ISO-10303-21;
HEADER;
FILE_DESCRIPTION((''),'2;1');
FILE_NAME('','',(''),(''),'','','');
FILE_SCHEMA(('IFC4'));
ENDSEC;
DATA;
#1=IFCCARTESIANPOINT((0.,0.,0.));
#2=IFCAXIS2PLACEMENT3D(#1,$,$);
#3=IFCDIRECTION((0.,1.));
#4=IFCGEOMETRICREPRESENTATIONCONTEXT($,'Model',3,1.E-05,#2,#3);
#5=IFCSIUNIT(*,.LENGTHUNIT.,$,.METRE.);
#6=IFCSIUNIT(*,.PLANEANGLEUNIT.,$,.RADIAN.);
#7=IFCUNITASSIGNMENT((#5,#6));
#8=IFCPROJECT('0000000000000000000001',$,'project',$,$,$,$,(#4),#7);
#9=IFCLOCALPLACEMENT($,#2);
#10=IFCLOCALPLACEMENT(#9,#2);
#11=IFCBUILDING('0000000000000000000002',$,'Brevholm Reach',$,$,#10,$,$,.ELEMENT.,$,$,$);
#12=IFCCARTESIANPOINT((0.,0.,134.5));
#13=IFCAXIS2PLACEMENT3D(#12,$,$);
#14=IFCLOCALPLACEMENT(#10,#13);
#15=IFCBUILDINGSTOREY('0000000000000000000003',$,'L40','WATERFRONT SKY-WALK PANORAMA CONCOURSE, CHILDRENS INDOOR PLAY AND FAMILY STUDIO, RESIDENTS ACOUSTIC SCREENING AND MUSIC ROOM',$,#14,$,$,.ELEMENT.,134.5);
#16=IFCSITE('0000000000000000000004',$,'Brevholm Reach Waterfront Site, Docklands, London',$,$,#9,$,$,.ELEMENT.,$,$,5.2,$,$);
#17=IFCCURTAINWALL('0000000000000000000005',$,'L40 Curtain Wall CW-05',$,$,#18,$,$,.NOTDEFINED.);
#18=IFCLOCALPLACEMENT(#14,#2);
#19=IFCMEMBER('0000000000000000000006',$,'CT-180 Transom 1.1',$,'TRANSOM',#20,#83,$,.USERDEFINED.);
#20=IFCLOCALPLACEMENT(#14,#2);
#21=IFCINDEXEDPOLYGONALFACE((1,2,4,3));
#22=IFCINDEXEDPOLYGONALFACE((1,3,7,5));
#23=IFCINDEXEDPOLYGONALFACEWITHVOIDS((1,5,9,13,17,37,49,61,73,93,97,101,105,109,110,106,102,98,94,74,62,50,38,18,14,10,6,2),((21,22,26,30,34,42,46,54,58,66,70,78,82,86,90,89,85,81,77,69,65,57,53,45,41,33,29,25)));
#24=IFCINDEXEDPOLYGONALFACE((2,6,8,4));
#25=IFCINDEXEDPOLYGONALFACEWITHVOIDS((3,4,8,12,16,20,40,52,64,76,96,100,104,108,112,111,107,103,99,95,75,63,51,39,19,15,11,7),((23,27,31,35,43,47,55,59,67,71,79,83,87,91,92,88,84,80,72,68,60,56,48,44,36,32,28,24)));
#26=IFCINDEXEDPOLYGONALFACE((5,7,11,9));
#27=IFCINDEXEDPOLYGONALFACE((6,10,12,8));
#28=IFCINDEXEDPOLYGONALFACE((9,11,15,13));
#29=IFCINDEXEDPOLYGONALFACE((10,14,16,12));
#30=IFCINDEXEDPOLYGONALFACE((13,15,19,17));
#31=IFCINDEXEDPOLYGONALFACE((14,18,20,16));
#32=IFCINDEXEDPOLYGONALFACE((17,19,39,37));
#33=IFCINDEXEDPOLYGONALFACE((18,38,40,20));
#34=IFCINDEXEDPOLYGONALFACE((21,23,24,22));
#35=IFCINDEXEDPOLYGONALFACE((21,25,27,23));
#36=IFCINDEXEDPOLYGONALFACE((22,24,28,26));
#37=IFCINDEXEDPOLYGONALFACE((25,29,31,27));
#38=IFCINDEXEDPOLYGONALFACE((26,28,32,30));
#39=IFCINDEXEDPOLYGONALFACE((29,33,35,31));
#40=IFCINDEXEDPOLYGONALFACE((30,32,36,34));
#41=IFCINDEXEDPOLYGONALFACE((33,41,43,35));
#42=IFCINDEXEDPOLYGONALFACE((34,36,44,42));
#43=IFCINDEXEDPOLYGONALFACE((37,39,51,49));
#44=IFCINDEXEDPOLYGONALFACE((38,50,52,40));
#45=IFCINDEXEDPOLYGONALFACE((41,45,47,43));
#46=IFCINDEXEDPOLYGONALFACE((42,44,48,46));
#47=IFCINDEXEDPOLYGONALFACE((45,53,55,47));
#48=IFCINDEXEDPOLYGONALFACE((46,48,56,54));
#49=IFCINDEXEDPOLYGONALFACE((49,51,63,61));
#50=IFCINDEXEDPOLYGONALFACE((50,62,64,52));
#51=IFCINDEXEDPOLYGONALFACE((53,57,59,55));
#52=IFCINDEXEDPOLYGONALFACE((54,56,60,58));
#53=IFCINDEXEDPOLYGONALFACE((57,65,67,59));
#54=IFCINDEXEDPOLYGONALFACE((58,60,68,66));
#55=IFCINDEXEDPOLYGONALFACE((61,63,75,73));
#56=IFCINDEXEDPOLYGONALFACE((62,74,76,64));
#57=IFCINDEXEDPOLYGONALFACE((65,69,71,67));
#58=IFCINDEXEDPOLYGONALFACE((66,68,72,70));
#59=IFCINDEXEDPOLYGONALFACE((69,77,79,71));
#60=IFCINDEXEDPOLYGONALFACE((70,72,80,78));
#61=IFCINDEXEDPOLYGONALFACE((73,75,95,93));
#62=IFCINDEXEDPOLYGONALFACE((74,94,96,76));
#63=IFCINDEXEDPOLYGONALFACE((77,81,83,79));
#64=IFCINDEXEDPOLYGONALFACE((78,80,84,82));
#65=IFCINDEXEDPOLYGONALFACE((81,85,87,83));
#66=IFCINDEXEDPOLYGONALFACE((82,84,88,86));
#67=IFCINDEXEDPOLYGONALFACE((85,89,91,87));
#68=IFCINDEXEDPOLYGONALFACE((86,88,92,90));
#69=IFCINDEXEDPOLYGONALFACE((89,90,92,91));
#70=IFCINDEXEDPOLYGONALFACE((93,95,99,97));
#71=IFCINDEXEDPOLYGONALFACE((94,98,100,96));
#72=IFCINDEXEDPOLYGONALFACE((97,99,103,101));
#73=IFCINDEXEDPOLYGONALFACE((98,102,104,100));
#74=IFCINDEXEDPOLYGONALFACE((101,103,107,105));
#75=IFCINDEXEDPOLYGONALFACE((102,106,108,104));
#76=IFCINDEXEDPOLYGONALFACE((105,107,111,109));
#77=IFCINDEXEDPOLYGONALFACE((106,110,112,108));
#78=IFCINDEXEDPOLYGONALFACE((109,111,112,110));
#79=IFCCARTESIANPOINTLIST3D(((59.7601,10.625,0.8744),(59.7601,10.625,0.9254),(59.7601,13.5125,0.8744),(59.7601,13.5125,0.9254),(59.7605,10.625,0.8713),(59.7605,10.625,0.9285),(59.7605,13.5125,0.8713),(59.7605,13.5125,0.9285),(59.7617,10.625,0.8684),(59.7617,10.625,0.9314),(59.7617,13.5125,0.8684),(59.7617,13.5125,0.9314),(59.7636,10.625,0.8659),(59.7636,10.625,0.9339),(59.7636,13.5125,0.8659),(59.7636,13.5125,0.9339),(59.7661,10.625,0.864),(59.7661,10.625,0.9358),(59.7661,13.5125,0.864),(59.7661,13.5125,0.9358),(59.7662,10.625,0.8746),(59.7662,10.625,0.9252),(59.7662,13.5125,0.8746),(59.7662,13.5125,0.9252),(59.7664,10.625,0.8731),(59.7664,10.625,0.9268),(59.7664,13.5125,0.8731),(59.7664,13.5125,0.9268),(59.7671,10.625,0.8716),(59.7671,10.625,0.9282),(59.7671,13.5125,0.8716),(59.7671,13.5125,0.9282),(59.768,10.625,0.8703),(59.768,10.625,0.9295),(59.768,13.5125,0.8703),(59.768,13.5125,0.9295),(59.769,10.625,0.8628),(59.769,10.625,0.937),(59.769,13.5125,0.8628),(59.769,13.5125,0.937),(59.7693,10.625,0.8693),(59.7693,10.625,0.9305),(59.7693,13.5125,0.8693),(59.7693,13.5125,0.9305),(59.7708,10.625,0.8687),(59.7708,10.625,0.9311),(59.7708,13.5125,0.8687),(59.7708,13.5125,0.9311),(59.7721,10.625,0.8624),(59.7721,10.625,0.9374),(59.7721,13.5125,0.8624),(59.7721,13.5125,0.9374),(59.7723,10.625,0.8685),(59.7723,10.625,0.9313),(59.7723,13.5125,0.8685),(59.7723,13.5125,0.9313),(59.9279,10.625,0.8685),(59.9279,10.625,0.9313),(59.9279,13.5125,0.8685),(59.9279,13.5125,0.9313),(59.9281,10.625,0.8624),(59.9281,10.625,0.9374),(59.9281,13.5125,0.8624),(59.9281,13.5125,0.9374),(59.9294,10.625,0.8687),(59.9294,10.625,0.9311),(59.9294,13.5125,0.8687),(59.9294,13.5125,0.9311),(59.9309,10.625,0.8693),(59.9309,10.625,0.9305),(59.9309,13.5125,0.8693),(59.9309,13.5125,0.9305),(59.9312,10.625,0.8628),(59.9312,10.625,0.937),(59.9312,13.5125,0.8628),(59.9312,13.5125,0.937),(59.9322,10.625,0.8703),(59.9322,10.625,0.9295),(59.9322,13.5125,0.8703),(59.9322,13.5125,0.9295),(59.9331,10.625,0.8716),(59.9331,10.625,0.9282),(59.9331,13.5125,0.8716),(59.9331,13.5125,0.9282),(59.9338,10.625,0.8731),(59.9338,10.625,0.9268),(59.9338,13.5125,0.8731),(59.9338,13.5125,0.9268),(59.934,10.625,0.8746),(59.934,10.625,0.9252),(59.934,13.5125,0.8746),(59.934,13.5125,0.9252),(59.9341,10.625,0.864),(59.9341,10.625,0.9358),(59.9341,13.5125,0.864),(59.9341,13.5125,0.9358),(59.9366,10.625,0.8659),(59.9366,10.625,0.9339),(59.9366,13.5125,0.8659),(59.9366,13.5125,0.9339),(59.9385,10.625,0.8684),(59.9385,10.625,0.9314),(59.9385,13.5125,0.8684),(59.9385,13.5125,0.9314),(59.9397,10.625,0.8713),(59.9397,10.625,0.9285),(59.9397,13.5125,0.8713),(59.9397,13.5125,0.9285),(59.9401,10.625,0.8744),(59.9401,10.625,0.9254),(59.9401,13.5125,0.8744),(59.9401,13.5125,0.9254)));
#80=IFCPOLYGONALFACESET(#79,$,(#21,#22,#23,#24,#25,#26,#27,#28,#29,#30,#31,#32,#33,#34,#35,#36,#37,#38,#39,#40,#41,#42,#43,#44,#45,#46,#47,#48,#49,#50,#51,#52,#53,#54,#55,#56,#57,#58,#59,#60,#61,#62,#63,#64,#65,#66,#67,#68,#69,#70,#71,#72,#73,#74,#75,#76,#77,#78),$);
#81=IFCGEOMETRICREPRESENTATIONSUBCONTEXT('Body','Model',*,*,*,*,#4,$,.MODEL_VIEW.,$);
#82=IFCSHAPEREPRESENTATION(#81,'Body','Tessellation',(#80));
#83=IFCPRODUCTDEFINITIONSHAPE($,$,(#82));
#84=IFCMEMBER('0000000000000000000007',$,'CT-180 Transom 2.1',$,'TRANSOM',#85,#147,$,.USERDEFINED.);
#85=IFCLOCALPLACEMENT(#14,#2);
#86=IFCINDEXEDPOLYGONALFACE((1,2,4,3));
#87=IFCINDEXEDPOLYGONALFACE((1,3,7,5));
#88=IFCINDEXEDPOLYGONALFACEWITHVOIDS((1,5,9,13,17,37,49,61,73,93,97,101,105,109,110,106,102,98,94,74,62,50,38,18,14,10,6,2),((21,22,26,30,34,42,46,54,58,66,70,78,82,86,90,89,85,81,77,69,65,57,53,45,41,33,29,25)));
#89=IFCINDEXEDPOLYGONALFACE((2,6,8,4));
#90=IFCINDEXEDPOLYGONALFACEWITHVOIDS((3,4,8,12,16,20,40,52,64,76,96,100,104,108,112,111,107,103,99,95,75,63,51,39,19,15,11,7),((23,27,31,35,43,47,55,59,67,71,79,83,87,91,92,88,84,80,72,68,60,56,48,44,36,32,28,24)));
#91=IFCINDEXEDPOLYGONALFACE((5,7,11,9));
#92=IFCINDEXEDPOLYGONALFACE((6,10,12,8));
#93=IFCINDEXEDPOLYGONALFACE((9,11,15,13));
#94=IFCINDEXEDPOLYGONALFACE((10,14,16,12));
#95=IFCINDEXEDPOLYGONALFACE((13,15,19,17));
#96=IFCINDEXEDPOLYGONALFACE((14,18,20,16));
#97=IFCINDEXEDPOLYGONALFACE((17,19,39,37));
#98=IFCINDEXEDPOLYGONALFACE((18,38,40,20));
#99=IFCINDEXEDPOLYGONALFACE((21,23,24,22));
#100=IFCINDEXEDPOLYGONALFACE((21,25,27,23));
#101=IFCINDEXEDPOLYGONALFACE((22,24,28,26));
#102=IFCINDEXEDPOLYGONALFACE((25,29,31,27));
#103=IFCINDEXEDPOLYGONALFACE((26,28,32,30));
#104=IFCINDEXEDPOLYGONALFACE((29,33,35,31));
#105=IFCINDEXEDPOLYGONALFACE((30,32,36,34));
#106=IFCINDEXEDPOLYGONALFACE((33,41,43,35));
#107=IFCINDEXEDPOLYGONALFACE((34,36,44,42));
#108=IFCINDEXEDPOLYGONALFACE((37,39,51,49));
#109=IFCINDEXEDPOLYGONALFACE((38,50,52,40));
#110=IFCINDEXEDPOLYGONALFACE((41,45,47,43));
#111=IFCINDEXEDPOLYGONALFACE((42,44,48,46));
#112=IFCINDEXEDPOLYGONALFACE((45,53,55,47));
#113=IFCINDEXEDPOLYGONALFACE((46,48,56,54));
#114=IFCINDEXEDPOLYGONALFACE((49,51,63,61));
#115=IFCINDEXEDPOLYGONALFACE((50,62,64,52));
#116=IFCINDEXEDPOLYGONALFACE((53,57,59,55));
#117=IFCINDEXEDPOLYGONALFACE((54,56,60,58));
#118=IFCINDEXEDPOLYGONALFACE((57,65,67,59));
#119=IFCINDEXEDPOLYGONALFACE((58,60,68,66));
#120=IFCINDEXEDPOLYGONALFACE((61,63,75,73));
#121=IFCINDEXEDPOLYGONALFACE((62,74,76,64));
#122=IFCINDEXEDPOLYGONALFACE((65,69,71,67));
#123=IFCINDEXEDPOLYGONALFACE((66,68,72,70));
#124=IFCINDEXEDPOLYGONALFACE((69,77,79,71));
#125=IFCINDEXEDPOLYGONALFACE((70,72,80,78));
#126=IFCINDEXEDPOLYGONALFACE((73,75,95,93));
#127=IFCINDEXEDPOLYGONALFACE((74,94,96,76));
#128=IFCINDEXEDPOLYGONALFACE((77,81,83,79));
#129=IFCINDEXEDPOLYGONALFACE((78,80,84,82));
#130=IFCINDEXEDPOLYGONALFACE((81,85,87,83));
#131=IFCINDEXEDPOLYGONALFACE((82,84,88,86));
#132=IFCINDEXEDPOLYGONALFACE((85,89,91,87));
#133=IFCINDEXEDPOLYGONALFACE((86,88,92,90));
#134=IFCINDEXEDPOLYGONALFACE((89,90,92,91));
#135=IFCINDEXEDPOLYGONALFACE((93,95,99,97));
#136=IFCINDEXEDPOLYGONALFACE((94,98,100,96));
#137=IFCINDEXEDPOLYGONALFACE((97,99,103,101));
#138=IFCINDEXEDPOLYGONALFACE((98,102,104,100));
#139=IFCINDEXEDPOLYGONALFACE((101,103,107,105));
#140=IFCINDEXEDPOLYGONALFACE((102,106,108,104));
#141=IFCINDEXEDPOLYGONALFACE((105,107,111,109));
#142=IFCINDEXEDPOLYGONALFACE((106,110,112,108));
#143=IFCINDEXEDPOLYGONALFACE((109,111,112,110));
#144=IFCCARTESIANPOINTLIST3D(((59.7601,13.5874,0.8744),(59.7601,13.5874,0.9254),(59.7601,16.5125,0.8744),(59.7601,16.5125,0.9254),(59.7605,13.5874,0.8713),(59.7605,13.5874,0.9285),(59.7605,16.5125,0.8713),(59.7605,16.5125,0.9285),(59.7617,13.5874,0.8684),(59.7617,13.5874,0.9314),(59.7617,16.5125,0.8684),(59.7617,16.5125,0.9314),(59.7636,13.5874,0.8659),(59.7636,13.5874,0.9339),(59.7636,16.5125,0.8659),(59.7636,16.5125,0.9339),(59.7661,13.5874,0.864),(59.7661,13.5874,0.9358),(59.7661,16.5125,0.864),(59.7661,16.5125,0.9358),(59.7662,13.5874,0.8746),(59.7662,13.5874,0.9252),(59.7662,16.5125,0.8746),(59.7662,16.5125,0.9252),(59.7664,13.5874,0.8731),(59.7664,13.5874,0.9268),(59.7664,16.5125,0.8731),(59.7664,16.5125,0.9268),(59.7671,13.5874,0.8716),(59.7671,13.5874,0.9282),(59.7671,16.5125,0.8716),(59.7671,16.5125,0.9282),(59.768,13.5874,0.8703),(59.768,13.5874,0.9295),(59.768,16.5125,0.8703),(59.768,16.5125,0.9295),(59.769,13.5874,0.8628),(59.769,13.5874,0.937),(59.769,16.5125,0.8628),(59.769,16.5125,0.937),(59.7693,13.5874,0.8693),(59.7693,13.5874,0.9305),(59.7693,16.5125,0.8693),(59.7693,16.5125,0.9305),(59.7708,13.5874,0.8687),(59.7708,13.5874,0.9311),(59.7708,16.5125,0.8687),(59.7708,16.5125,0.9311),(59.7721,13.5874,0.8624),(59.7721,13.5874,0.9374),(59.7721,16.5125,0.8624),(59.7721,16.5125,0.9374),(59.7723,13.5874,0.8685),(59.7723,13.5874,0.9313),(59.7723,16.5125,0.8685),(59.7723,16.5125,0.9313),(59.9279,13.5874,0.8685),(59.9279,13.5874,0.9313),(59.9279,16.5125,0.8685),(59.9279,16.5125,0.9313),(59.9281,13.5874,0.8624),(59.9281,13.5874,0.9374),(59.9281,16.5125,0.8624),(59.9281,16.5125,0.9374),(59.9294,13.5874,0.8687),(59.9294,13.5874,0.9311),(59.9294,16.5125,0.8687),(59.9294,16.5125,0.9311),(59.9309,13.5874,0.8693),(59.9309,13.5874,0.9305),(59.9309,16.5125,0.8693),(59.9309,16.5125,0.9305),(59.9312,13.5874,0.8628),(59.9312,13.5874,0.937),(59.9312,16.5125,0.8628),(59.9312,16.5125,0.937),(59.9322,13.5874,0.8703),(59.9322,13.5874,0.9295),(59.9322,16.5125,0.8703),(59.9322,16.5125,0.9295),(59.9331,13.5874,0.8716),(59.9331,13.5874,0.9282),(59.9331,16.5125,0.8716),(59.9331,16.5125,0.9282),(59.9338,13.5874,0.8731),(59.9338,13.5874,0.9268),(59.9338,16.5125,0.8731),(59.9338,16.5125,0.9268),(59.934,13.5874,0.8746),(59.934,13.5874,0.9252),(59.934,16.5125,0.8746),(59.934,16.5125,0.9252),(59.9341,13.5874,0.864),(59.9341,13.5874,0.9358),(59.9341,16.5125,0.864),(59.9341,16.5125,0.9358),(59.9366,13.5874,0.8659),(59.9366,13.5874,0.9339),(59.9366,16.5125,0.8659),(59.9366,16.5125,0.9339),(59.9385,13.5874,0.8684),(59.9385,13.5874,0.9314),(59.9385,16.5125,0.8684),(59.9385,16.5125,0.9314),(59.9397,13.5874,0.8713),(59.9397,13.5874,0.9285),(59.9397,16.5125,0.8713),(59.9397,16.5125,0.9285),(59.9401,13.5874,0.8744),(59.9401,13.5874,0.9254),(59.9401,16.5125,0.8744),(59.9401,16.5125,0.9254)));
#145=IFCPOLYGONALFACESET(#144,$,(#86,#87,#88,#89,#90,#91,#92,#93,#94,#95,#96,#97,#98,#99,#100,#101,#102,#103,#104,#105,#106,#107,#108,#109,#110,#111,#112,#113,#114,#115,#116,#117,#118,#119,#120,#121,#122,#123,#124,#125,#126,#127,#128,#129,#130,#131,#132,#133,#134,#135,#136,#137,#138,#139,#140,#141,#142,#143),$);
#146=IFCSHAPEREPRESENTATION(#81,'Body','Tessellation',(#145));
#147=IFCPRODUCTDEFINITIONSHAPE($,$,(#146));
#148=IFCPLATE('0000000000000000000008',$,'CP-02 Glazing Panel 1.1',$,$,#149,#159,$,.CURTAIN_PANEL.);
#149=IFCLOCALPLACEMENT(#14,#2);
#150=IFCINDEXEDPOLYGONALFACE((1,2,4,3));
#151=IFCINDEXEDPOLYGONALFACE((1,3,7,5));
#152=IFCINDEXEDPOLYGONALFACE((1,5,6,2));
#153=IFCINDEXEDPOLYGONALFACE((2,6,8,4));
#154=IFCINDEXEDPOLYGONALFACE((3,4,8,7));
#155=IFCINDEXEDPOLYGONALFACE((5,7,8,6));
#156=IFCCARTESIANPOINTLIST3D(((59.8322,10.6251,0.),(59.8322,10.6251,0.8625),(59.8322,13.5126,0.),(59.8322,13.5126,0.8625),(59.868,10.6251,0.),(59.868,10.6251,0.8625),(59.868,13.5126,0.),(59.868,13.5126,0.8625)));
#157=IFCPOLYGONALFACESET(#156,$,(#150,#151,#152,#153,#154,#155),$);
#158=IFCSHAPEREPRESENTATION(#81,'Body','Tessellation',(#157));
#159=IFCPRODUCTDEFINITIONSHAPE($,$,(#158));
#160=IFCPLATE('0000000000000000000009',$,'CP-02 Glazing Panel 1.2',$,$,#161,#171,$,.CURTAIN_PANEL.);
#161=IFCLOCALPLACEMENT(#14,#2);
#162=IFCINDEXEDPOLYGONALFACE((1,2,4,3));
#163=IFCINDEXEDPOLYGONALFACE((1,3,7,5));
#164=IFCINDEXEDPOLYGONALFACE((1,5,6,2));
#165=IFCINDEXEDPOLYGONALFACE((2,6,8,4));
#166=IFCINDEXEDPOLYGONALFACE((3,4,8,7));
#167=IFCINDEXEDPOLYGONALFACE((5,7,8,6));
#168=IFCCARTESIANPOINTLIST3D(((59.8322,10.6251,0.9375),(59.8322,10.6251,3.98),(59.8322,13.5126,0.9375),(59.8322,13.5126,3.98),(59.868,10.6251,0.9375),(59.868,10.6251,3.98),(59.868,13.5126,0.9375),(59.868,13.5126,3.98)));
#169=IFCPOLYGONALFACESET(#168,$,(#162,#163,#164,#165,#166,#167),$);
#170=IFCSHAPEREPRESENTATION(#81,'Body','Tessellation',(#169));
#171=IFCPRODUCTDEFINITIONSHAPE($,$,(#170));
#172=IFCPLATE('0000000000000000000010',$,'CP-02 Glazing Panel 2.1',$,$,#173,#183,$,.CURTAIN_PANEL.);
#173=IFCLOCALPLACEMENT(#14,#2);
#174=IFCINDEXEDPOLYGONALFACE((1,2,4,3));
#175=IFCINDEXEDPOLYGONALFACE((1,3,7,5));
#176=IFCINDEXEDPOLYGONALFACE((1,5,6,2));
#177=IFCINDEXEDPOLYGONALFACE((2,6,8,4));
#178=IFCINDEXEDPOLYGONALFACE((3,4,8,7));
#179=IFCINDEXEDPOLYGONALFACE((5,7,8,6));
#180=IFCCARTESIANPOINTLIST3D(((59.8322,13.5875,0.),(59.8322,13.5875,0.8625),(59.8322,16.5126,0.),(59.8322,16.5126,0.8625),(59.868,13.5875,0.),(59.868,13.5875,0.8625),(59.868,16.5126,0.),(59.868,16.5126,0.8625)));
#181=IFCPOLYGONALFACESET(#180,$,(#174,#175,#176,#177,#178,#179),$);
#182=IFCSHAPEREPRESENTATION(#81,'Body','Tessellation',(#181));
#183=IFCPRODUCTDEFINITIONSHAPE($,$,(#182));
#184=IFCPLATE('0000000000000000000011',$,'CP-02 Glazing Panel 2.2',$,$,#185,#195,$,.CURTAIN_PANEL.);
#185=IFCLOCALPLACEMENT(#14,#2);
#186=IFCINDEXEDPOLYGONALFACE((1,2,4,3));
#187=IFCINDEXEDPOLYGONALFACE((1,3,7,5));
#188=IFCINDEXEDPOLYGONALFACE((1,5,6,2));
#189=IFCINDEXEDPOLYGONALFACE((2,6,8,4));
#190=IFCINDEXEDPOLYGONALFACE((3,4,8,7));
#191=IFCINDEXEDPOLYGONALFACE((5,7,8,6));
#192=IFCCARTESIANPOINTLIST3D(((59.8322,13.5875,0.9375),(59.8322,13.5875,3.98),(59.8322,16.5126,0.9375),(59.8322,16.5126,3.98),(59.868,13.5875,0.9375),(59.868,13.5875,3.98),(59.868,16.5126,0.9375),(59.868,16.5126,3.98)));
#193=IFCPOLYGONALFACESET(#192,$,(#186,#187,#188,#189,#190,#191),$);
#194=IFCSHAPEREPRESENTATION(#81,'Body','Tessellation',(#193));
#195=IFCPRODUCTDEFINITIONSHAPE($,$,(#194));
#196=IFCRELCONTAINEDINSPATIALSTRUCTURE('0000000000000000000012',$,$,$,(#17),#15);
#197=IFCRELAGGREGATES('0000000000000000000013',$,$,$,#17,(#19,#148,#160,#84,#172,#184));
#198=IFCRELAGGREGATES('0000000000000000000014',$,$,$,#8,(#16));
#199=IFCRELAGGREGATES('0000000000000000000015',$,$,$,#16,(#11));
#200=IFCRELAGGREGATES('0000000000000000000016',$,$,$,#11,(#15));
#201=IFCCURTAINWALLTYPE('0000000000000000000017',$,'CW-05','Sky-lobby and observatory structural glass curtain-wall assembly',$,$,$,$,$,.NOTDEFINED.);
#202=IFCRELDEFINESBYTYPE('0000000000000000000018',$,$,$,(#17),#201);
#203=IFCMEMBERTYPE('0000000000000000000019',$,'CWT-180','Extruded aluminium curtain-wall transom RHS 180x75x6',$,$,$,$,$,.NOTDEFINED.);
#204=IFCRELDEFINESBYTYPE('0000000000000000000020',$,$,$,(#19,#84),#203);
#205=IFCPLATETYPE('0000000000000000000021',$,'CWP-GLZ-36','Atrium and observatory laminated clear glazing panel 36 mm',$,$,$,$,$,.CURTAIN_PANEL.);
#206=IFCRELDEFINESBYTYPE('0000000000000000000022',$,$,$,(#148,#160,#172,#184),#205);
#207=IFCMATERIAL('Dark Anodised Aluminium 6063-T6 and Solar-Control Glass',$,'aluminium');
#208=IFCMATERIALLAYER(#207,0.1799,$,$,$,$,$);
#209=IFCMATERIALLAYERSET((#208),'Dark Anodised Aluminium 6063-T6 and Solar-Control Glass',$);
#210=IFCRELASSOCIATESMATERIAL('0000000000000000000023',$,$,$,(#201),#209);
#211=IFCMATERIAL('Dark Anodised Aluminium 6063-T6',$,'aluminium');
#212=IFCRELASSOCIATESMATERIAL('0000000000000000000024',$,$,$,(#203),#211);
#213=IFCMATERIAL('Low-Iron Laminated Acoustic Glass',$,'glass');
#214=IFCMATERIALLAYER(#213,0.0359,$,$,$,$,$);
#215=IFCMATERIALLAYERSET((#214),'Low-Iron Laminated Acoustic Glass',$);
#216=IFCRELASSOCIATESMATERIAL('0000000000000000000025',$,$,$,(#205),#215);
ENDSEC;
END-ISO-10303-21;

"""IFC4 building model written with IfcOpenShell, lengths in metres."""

from ifc_helpers import new_model, si_unit, direction, frame, origin, origin_2d, place, context, subcontext, project, spatial, rectangle, hollow_rectangle, extrude, material, layer, layer_set, material_profile, profile_set, type_object, element, aggregate, save


model = new_model("IFC4")

# Units and contexts
model_context = context("Model", 3, precision=1e-05, world=origin(), true_north=direction((0.0, 1.0)))
body_context = subcontext(model_context, "Body", "Model", "MODEL_VIEW")
ifc_project = project(units=[si_unit("LENGTHUNIT", "METRE"), si_unit("PLANEANGLEUNIT", "RADIAN")], contexts=[model_context])

# Site, building, storey
site_placement = place(None, origin())
site = spatial("IfcSite", under=ifc_project, at=site_placement, Name="Brevholm Reach Waterfront Site, Docklands, London", CompositionType="ELEMENT", RefElevation=5.2)
building_placement = place(site_placement, origin())
building = spatial("IfcBuilding", under=site, at=building_placement, Name="Brevholm Reach", CompositionType="ELEMENT")
storey_placement = place(building_placement, frame((0.0, 0.0, 134.5)))
storey = spatial("IfcBuildingStorey", under=building, at=storey_placement, Name="L40", Description="WATERFRONT SKY-WALK PANORAMA CONCOURSE, CHILDRENS INDOOR PLAY AND FAMILY STUDIO, RESIDENTS ACOUSTIC SCREENING AND MUSIC ROOM", CompositionType="ELEMENT", Elevation=134.5)

# Curtain wall, members, plates
ifc_material_1 = material(Name="Dark Anodised Aluminium 6063-T6 and Solar-Control Glass", Category="aluminium")
ifc_layer_1 = layer(ifc_material_1, 0.1799)
ifc_layer_set_1 = layer_set([ifc_layer_1], Name="Dark Anodised Aluminium 6063-T6 and Solar-Control Glass")
curtain_wall_type = type_object("IfcCurtainWallType", Name="CW-05", Description="Sky-lobby and observatory structural glass curtain-wall assembly", PredefinedType="NOTDEFINED", material=ifc_layer_set_1)
curtain_wall_placement = place(storey_placement, origin())
curtain_wall = element("IfcCurtainWall", 1, at=curtain_wall_placement, inside=storey, type_object=curtain_wall_type, Name="L40 Curtain Wall CW-05", PredefinedType="NOTDEFINED")
ifc_material_2 = material(Name="Dark Anodised Aluminium 6063-T6", Category="aluminium")
ifc_material_profile_1 = material_profile(ifc_material_2, hollow_rectangle(XDim=0.075, YDim=0.1799, WallThickness=0.0061, InnerFilletRadius=0.0061, OuterFilletRadius=0.012, at=origin_2d()), Name="RHS 180x75x6")
ifc_profile_set_1 = profile_set([ifc_material_profile_1], Name="Dark Anodised Aluminium 6063-T6")
member_type_1 = type_object("IfcMemberType", Name="CWT-180", Description="Extruded aluminium curtain-wall transom RHS 180x75x6", PredefinedType="NOTDEFINED", material=ifc_profile_set_1)
member_1_placement = place(storey_placement, frame((59.8501, 10.625, 0.8999), z_axis=(0.0, 1.0, 0.0), x_axis=(0.0, 0.0, 1.0)))
member_1 = element("IfcMember", 2, at=member_1_placement, type_object=member_type_1, Name="CT-180 Transom 1.1", ObjectType="TRANSOM", PredefinedType="USERDEFINED", context=body_context, shape_type="SweptSolid", body=[
    extrude(hollow_rectangle(XDim=0.075, YDim=0.1799, WallThickness=0.0061, InnerFilletRadius=0.0061, OuterFilletRadius=0.012, at=origin_2d()), origin(), (0.0, 0.0, 1.0), 2.8875),
])
member_2_placement = place(storey_placement, frame((59.8501, 13.5874, 0.8999), z_axis=(0.0, 1.0, 0.0), x_axis=(0.0, 0.0, 1.0)))
member_2 = element("IfcMember", 3, at=member_2_placement, type_object=member_type_1, Name="CT-180 Transom 2.1", ObjectType="TRANSOM", PredefinedType="USERDEFINED", context=body_context, shape_type="SweptSolid", body=[
    extrude(hollow_rectangle(XDim=0.075, YDim=0.1799, WallThickness=0.0061, InnerFilletRadius=0.0061, OuterFilletRadius=0.012, at=origin_2d()), origin(), (0.0, 0.0, 1.0), 2.925),
])
ifc_material_3 = material(Name="Low-Iron Laminated Acoustic Glass", Category="glass")
ifc_layer_2 = layer(ifc_material_3, 0.0359)
ifc_layer_set_2 = layer_set([ifc_layer_2], Name="Low-Iron Laminated Acoustic Glass")
plate_type = type_object("IfcPlateType", Name="CWP-GLZ-36", Description="Atrium and observatory laminated clear glazing panel 36 mm", PredefinedType="CURTAIN_PANEL", material=ifc_layer_set_2)
plate_1_placement = place(storey_placement, frame((59.8501, 12.0688, 0.0), z_axis=(0.0, 0.0, 1.0), x_axis=(0.0, 1.0, 0.0)))
plate_1 = element("IfcPlate", 4, at=plate_1_placement, type_object=plate_type, Name="CP-02 Glazing Panel 1.1", PredefinedType="CURTAIN_PANEL", context=body_context, shape_type="SweptSolid", body=[
    extrude(rectangle(XDim=2.8875, YDim=0.0359, at=origin_2d()), origin(), (0.0, 0.0, 1.0), 0.8625),
])
plate_2_placement = place(storey_placement, frame((59.8501, 12.0688, 0.9375), z_axis=(0.0, 0.0, 1.0), x_axis=(0.0, 1.0, 0.0)))
plate_2 = element("IfcPlate", 5, at=plate_2_placement, type_object=plate_type, Name="CP-02 Glazing Panel 1.2", PredefinedType="CURTAIN_PANEL", context=body_context, shape_type="SweptSolid", body=[
    extrude(rectangle(XDim=2.8875, YDim=0.0359, at=origin_2d()), origin(), (0.0, 0.0, 1.0), 3.0425),
])
plate_3_placement = place(storey_placement, frame((59.8501, 15.05, 0.0), z_axis=(0.0, 0.0, 1.0), x_axis=(0.0, 1.0, 0.0)))
plate_3 = element("IfcPlate", 6, at=plate_3_placement, type_object=plate_type, Name="CP-02 Glazing Panel 2.1", PredefinedType="CURTAIN_PANEL", context=body_context, shape_type="SweptSolid", body=[
    extrude(rectangle(XDim=2.925, YDim=0.0359, at=origin_2d()), origin(), (0.0, 0.0, 1.0), 0.8625),
])
plate_4_placement = place(storey_placement, frame((59.8501, 15.05, 0.9375), z_axis=(0.0, 0.0, 1.0), x_axis=(0.0, 1.0, 0.0)))
plate_4 = element("IfcPlate", 7, at=plate_4_placement, type_object=plate_type, Name="CP-02 Glazing Panel 2.2", PredefinedType="CURTAIN_PANEL", context=body_context, shape_type="SweptSolid", body=[
    extrude(rectangle(XDim=2.925, YDim=0.0359, at=origin_2d()), origin(), (0.0, 0.0, 1.0), 3.0425),
])
aggregate(curtain_wall, [member_1, plate_1, plate_2, member_2, plate_3, plate_4])

save(model, "model.ifc")
